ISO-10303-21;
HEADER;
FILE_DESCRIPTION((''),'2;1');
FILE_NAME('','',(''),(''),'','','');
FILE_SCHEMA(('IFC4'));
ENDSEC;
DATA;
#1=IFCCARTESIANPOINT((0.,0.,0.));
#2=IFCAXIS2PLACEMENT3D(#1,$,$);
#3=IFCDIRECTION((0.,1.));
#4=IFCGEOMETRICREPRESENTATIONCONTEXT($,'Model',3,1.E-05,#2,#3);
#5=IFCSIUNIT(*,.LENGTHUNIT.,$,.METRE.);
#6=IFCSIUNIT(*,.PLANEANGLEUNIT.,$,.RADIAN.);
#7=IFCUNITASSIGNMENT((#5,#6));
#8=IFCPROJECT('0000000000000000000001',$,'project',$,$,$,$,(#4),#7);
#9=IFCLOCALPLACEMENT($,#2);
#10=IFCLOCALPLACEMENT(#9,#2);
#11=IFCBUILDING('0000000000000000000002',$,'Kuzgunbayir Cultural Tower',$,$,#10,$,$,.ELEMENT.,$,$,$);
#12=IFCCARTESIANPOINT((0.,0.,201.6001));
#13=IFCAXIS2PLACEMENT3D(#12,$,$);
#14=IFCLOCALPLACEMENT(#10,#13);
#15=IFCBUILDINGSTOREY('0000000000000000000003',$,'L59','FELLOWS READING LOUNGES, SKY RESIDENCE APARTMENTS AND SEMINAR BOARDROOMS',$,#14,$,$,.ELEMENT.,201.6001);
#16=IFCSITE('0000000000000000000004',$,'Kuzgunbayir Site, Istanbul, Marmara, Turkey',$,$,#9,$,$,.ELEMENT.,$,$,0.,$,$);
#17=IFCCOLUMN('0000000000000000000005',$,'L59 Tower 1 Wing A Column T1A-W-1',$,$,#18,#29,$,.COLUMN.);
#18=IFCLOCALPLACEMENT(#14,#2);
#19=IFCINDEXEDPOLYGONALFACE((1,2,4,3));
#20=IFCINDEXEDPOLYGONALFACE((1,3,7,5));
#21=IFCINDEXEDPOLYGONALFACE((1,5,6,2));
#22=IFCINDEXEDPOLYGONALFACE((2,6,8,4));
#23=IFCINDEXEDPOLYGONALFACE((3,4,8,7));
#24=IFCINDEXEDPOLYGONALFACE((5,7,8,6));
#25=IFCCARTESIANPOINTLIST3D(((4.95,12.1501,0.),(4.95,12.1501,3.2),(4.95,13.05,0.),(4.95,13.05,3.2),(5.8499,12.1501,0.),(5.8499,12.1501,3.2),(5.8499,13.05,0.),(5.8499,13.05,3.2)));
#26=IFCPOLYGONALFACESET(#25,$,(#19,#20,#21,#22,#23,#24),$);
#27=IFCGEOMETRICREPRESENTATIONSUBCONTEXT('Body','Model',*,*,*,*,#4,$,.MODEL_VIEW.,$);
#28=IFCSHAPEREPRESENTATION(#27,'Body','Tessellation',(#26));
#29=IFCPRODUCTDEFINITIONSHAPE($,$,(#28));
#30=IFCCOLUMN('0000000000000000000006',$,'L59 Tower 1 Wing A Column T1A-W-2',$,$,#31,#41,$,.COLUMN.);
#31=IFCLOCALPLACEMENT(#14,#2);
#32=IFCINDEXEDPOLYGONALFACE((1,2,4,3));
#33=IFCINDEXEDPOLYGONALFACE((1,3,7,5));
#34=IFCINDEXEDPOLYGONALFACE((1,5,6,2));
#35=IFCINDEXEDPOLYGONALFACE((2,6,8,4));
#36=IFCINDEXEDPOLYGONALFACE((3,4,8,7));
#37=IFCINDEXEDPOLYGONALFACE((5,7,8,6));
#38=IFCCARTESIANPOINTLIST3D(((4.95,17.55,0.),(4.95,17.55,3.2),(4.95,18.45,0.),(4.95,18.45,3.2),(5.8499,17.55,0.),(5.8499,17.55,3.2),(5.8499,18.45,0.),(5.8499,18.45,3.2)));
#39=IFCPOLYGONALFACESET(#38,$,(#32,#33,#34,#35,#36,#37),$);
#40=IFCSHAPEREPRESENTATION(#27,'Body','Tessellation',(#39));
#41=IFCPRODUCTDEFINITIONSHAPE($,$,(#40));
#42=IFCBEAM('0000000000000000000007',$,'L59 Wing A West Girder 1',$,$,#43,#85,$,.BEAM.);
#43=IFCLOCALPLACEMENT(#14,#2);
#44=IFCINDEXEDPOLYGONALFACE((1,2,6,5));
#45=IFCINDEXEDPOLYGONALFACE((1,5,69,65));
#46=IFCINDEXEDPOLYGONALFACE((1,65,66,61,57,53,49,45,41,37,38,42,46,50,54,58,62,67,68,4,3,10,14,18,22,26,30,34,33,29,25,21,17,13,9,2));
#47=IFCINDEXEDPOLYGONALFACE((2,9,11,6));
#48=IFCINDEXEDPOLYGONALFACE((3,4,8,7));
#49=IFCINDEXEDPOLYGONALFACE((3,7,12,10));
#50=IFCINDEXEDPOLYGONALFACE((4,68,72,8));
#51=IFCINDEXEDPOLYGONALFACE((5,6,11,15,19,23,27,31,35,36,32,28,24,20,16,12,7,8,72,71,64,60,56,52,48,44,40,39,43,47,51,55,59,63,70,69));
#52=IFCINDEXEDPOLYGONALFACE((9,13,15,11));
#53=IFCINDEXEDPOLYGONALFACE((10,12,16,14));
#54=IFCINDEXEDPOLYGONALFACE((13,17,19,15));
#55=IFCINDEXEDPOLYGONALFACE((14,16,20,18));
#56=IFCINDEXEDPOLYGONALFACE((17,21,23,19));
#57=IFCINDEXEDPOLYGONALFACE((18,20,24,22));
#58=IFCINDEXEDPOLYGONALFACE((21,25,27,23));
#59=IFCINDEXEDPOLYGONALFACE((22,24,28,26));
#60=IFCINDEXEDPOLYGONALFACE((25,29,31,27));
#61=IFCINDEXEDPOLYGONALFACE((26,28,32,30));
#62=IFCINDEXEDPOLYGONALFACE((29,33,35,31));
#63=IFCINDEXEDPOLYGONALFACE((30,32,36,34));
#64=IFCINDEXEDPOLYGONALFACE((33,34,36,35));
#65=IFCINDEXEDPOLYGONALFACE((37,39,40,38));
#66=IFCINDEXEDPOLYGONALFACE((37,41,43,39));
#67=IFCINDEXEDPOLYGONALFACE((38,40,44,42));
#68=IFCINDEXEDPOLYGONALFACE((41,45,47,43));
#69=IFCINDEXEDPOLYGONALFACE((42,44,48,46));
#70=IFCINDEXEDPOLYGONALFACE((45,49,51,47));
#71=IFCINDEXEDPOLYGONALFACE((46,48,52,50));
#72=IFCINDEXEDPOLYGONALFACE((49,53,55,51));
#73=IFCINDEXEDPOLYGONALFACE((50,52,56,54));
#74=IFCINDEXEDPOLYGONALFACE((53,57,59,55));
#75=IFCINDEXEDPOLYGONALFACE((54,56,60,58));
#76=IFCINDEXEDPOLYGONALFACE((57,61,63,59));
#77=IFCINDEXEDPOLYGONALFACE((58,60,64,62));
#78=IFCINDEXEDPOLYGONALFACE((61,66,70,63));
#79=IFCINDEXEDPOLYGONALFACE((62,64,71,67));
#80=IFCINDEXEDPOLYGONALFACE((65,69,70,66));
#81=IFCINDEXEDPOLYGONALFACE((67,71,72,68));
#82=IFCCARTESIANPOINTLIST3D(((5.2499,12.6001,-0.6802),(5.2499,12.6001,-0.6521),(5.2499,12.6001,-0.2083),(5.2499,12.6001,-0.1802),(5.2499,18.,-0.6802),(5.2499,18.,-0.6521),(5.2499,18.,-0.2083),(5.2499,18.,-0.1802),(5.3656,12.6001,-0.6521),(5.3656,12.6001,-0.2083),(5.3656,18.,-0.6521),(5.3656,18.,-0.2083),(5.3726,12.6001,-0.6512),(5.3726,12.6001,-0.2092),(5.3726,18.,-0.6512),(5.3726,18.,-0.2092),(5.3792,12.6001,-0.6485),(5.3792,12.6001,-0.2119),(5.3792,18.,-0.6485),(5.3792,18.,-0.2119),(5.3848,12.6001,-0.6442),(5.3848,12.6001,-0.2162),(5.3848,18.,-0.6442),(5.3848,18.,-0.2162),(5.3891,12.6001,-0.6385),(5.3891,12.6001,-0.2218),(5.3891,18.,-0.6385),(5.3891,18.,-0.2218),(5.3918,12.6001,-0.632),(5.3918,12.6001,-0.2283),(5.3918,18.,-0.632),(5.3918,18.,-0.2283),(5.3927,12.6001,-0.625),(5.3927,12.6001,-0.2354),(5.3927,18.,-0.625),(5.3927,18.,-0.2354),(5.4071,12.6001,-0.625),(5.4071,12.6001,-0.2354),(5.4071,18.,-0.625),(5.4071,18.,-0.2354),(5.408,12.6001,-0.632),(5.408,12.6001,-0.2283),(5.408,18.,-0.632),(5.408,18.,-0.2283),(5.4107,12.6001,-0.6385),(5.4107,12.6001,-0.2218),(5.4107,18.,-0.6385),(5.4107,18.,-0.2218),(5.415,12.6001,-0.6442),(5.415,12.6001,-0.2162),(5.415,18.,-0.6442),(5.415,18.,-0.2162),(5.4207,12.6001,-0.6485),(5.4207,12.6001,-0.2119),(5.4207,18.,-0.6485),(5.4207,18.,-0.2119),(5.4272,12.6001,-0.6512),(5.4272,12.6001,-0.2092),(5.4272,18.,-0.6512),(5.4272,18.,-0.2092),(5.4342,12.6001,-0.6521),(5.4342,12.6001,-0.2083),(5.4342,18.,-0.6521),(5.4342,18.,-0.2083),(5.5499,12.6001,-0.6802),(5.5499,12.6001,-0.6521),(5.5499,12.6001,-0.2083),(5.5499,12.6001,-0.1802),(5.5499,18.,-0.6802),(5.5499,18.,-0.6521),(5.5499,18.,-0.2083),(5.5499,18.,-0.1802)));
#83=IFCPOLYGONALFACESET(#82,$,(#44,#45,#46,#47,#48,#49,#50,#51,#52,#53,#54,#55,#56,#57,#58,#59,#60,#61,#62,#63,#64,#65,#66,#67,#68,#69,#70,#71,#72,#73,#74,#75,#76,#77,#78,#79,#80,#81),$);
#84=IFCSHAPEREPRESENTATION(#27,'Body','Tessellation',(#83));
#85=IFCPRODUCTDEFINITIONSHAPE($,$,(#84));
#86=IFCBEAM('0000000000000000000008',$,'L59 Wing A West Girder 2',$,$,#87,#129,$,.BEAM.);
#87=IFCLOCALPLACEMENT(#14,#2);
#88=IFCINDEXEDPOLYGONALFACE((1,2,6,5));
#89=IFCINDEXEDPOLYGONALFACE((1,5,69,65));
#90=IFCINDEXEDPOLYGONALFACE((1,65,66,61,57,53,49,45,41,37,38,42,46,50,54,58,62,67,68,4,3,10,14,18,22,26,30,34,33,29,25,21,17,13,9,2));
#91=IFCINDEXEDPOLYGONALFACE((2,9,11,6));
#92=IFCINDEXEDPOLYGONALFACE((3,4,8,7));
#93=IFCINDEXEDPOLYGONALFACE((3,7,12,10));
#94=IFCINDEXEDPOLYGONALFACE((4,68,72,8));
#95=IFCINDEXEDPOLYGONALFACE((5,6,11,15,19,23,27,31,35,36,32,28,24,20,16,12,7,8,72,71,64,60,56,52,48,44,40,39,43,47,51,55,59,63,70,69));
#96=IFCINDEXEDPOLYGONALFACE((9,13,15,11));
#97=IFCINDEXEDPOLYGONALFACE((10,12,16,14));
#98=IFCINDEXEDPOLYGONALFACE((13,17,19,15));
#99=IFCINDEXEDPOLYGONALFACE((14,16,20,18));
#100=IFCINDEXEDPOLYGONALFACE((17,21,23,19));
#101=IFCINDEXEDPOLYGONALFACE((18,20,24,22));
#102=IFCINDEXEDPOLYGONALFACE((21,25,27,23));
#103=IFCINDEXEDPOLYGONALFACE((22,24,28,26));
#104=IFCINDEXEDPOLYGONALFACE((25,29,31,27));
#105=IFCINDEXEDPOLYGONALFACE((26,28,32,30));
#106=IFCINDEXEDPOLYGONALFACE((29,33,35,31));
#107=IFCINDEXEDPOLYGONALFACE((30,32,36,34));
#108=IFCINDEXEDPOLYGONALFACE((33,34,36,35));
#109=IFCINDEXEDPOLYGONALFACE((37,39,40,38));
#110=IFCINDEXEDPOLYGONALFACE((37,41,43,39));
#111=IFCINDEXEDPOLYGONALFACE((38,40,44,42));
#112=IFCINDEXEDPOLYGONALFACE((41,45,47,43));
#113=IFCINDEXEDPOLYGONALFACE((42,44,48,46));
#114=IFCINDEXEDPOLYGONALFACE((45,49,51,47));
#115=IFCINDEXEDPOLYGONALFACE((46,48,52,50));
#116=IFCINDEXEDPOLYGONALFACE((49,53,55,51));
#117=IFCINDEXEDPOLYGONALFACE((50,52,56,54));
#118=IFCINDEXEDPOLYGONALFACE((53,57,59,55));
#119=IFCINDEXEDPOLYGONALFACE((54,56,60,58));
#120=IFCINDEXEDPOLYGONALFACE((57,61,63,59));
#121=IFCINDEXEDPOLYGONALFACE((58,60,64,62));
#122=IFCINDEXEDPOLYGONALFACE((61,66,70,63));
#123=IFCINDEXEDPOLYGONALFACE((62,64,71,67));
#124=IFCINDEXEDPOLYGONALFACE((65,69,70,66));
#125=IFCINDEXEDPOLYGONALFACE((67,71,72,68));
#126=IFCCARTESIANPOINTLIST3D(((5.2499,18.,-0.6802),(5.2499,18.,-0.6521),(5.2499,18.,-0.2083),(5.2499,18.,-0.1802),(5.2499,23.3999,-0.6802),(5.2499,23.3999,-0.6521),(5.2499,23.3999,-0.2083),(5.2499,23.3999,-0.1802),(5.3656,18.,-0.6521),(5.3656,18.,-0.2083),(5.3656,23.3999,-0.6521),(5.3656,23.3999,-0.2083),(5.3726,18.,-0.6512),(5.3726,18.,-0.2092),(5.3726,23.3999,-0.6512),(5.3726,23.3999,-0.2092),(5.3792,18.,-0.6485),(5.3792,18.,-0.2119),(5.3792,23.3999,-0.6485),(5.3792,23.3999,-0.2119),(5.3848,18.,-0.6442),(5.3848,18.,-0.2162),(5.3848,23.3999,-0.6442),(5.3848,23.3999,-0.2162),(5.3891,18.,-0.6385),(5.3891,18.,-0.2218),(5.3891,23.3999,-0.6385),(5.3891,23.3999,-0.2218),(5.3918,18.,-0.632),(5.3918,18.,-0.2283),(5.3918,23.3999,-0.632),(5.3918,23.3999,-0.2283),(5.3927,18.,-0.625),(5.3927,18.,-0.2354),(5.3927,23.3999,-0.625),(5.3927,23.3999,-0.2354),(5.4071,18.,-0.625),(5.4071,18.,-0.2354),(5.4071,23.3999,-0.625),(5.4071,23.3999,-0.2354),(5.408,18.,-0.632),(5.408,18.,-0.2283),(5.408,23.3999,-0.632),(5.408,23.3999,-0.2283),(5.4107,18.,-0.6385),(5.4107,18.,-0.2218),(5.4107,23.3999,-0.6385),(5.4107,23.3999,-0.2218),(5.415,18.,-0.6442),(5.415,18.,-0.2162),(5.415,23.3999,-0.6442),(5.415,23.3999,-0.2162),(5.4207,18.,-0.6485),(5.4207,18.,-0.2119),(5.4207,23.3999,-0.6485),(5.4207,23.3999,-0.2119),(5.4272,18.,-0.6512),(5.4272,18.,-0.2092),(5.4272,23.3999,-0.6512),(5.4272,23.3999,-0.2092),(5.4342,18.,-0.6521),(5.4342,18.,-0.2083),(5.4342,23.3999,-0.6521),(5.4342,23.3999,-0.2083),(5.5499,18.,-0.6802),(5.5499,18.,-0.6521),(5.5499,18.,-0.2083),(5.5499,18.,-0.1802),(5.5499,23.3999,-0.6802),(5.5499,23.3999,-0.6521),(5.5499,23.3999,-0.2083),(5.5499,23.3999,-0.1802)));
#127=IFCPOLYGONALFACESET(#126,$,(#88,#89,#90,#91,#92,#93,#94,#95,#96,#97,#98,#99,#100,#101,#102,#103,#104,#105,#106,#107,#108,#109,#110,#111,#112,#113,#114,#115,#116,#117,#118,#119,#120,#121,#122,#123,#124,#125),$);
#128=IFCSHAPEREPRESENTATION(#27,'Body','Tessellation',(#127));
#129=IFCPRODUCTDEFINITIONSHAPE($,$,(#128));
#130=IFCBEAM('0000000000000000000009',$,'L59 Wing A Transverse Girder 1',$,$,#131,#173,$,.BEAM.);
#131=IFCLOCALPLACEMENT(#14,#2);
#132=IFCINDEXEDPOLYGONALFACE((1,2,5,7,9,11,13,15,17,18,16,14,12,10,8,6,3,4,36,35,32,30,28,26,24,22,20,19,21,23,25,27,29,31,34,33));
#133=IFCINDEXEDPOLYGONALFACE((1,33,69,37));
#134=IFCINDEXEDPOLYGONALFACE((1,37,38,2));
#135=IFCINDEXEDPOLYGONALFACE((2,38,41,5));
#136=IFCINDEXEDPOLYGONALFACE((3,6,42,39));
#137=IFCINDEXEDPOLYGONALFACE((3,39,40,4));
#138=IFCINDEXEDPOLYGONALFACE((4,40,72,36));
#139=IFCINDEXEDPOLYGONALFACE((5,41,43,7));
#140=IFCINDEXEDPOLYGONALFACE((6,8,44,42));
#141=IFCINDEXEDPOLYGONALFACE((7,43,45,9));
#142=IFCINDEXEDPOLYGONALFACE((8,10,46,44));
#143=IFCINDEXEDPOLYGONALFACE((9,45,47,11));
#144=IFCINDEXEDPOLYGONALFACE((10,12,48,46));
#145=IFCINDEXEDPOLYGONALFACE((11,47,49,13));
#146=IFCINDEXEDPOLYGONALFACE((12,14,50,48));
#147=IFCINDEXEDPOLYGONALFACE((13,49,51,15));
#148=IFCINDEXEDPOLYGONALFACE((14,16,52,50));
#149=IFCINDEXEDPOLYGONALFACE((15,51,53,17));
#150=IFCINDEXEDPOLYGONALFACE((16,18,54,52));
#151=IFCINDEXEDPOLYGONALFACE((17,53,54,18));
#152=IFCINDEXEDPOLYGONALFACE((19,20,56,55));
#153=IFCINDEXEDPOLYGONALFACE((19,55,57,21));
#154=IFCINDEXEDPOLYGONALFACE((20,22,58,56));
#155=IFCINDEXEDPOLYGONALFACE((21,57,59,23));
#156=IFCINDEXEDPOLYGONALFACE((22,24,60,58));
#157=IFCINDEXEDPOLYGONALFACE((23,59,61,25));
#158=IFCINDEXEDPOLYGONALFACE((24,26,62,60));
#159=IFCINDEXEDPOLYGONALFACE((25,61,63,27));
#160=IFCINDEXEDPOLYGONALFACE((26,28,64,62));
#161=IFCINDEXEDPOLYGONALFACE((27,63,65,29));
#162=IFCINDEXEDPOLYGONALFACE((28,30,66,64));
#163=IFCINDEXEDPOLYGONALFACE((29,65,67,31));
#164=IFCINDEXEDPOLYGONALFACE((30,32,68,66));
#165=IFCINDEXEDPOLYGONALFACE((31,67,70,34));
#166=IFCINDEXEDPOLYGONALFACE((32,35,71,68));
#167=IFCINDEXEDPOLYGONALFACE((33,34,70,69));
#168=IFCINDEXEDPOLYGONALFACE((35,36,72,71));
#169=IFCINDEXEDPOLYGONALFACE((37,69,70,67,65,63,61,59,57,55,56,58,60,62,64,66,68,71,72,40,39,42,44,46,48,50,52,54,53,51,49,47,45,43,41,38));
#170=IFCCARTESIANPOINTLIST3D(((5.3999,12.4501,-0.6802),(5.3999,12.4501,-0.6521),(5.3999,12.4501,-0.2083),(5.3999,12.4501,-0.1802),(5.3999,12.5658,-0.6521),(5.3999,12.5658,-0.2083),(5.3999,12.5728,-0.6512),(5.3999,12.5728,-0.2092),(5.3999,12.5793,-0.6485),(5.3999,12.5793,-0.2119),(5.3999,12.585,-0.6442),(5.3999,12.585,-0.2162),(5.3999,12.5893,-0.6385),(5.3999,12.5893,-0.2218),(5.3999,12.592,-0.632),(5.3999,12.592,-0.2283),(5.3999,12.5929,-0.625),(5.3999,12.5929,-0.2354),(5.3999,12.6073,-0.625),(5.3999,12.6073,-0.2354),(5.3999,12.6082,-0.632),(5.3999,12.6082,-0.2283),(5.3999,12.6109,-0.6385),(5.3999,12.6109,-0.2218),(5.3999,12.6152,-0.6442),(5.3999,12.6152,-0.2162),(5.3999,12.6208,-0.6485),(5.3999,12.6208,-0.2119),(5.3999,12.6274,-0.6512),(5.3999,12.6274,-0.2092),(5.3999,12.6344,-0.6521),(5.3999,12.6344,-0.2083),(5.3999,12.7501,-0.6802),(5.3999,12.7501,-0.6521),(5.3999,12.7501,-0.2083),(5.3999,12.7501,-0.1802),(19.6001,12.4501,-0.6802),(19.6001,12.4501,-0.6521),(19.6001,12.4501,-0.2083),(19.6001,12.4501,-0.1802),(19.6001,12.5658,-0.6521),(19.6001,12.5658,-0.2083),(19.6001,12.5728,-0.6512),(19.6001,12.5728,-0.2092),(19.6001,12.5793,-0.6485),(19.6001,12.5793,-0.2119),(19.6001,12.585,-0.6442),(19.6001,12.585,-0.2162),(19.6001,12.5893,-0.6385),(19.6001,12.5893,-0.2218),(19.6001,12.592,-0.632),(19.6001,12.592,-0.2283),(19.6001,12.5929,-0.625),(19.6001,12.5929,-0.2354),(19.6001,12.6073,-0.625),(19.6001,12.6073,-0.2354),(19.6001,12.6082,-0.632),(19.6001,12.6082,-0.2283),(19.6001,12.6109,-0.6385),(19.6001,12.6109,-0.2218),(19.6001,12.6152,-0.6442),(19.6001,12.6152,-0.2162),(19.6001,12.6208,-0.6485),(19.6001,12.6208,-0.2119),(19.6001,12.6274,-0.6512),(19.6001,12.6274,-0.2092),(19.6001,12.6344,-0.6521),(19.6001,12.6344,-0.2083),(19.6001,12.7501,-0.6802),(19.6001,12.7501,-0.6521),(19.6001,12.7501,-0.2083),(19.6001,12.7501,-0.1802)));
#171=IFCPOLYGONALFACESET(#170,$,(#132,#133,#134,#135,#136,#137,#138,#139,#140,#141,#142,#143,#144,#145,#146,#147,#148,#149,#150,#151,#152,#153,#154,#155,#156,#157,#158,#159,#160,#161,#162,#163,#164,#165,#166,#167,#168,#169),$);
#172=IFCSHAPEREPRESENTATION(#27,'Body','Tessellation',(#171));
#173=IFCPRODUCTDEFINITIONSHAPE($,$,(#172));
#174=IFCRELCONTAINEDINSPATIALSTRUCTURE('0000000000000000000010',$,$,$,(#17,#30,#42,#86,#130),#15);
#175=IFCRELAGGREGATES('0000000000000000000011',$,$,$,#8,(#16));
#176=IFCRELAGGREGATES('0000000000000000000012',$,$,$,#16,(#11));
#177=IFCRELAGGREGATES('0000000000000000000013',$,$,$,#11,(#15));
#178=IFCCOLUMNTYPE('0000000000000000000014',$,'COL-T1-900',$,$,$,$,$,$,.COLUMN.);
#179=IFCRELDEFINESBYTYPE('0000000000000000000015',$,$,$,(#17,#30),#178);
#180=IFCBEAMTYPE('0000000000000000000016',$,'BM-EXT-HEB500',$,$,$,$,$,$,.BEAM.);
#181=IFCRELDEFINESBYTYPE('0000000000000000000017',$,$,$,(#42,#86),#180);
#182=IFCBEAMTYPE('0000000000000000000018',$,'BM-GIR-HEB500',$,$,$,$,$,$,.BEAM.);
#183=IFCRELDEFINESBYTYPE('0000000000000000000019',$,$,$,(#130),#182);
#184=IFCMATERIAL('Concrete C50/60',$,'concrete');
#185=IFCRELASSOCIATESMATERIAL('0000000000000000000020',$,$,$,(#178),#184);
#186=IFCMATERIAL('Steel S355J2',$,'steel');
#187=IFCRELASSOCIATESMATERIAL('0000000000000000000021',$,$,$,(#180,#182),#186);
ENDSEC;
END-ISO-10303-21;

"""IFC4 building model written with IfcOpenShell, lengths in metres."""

from ifc_helpers import new_model, si_unit, direction, frame, origin, origin_2d, place, context, subcontext, project, spatial, rectangle, i_section, extrude, material, material_profile, profile_set, type_object, element, save


model = new_model("IFC4")

# Units and contexts
model_context = context("Model", 3, precision=1e-05, world=origin(), true_north=direction((0.0, 1.0)))
body_context = subcontext(model_context, "Body", "Model", "MODEL_VIEW")
ifc_project = project(units=[si_unit("LENGTHUNIT", "METRE"), si_unit("PLANEANGLEUNIT", "RADIAN")], contexts=[model_context])

# Site, building, storey
site_placement = place(None, origin())
site = spatial("IfcSite", under=ifc_project, at=site_placement, Name="Kuzgunbayir Site, Istanbul, Marmara, Turkey", CompositionType="ELEMENT", RefElevation=0.0)
building_placement = place(site_placement, origin())
building = spatial("IfcBuilding", under=site, at=building_placement, Name="Kuzgunbayir Cultural Tower", CompositionType="ELEMENT")
storey_placement = place(building_placement, frame((0.0, 0.0, 201.6001)))
storey = spatial("IfcBuildingStorey", under=building, at=storey_placement, Name="L59", Description="FELLOWS READING LOUNGES, SKY RESIDENCE APARTMENTS AND SEMINAR BOARDROOMS", CompositionType="ELEMENT", Elevation=201.6001)

# Columns
ifc_material_1 = material(Name="Concrete C50/60", Category="concrete")
ifc_material_profile_1 = material_profile(ifc_material_1, rectangle(XDim=0.8999, YDim=0.8999, at=origin_2d()), Name="RC 900x900")
ifc_profile_set_1 = profile_set([ifc_material_profile_1], Name="Concrete C50/60")
column_type = type_object("IfcColumnType", Name="COL-T1-900", PredefinedType="COLUMN", material=ifc_profile_set_1)
for number, where, z_axis, x_axis, name in (
    (1, (5.3999, 12.6001, 0.0), (0.0, 0.0, 1.0), (1.0, 0.0, 0.0), "L59 Tower 1 Wing A Column T1A-W-1"),
    (2, (5.3999, 18.0, 0.0), (0.0, 0.0, 1.0), (1.0, 0.0, 0.0), "L59 Tower 1 Wing A Column T1A-W-2"),
):
    element("IfcColumn", number, at=place(storey_placement, frame(where, z_axis=z_axis, x_axis=x_axis)), inside=storey, type_object=column_type, Name=name, PredefinedType="COLUMN", context=body_context, shape_type="SweptSolid", body=[
        extrude(rectangle(XDim=0.8999, YDim=0.8999, at=origin_2d()), origin(), (0.0, 0.0, 1.0), 3.2),
    ])

# Beams
ifc_material_2 = material(Name="Steel S355J2", Category="steel")
ifc_material_profile_2 = material_profile(ifc_material_2, i_section(OverallWidth=0.3, OverallDepth=0.5, WebThickness=0.0144, FlangeThickness=0.0281, FilletRadius=0.0271, at=origin_2d()), Name="HEB 500")
ifc_profile_set_2 = profile_set([ifc_material_profile_2], Name="Steel S355J2")
beam_type_1 = type_object("IfcBeamType", Name="BM-EXT-HEB500", PredefinedType="BEAM", material=ifc_profile_set_2)
for number, where, z_axis, x_axis, name in (
    (3, (5.3999, 12.6001, -0.4302), (0.0, 1.0, 0.0), (-1.0, 0.0, 0.0), "L59 Wing A West Girder 1"),
    (4, (5.3999, 18.0, -0.4302), (0.0, 1.0, 0.0), (-1.0, 0.0, 0.0), "L59 Wing A West Girder 2"),
):
    element("IfcBeam", number, at=place(storey_placement, frame(where, z_axis=z_axis, x_axis=x_axis)), inside=storey, type_object=beam_type_1, Name=name, PredefinedType="BEAM", context=body_context, shape_type="SweptSolid", body=[
        extrude(i_section(OverallWidth=0.3, OverallDepth=0.5, WebThickness=0.0144, FlangeThickness=0.0281, FilletRadius=0.0271, at=origin_2d()), origin(), (0.0, 0.0, 1.0), 5.3999),
    ])
ifc_material_profile_3 = material_profile(ifc_material_2, i_section(OverallWidth=0.3, OverallDepth=0.5, WebThickness=0.0144, FlangeThickness=0.0281, FilletRadius=0.0271, at=origin_2d()), Name="HEB 500")
ifc_profile_set_3 = profile_set([ifc_material_profile_3], Name="Steel S355J2")
beam_type_2 = type_object("IfcBeamType", Name="BM-GIR-HEB500", PredefinedType="BEAM", material=ifc_profile_set_3)
for number, where, z_axis, x_axis, name in (
    (5, (5.3999, 12.6001, -0.4302), (1.0, 0.0, 0.0), (0.0, 1.0, 0.0), "L59 Wing A Transverse Girder 1"),
):
    element("IfcBeam", number, at=place(storey_placement, frame(where, z_axis=z_axis, x_axis=x_axis)), inside=storey, type_object=beam_type_2, Name=name, PredefinedType="BEAM", context=body_context, shape_type="SweptSolid", body=[
        extrude(i_section(OverallWidth=0.3, OverallDepth=0.5, WebThickness=0.0144, FlangeThickness=0.0281, FilletRadius=0.0271, at=origin_2d()), origin(), (0.0, 0.0, 1.0), 14.2002),
    ])

save(model, "model.ifc")
